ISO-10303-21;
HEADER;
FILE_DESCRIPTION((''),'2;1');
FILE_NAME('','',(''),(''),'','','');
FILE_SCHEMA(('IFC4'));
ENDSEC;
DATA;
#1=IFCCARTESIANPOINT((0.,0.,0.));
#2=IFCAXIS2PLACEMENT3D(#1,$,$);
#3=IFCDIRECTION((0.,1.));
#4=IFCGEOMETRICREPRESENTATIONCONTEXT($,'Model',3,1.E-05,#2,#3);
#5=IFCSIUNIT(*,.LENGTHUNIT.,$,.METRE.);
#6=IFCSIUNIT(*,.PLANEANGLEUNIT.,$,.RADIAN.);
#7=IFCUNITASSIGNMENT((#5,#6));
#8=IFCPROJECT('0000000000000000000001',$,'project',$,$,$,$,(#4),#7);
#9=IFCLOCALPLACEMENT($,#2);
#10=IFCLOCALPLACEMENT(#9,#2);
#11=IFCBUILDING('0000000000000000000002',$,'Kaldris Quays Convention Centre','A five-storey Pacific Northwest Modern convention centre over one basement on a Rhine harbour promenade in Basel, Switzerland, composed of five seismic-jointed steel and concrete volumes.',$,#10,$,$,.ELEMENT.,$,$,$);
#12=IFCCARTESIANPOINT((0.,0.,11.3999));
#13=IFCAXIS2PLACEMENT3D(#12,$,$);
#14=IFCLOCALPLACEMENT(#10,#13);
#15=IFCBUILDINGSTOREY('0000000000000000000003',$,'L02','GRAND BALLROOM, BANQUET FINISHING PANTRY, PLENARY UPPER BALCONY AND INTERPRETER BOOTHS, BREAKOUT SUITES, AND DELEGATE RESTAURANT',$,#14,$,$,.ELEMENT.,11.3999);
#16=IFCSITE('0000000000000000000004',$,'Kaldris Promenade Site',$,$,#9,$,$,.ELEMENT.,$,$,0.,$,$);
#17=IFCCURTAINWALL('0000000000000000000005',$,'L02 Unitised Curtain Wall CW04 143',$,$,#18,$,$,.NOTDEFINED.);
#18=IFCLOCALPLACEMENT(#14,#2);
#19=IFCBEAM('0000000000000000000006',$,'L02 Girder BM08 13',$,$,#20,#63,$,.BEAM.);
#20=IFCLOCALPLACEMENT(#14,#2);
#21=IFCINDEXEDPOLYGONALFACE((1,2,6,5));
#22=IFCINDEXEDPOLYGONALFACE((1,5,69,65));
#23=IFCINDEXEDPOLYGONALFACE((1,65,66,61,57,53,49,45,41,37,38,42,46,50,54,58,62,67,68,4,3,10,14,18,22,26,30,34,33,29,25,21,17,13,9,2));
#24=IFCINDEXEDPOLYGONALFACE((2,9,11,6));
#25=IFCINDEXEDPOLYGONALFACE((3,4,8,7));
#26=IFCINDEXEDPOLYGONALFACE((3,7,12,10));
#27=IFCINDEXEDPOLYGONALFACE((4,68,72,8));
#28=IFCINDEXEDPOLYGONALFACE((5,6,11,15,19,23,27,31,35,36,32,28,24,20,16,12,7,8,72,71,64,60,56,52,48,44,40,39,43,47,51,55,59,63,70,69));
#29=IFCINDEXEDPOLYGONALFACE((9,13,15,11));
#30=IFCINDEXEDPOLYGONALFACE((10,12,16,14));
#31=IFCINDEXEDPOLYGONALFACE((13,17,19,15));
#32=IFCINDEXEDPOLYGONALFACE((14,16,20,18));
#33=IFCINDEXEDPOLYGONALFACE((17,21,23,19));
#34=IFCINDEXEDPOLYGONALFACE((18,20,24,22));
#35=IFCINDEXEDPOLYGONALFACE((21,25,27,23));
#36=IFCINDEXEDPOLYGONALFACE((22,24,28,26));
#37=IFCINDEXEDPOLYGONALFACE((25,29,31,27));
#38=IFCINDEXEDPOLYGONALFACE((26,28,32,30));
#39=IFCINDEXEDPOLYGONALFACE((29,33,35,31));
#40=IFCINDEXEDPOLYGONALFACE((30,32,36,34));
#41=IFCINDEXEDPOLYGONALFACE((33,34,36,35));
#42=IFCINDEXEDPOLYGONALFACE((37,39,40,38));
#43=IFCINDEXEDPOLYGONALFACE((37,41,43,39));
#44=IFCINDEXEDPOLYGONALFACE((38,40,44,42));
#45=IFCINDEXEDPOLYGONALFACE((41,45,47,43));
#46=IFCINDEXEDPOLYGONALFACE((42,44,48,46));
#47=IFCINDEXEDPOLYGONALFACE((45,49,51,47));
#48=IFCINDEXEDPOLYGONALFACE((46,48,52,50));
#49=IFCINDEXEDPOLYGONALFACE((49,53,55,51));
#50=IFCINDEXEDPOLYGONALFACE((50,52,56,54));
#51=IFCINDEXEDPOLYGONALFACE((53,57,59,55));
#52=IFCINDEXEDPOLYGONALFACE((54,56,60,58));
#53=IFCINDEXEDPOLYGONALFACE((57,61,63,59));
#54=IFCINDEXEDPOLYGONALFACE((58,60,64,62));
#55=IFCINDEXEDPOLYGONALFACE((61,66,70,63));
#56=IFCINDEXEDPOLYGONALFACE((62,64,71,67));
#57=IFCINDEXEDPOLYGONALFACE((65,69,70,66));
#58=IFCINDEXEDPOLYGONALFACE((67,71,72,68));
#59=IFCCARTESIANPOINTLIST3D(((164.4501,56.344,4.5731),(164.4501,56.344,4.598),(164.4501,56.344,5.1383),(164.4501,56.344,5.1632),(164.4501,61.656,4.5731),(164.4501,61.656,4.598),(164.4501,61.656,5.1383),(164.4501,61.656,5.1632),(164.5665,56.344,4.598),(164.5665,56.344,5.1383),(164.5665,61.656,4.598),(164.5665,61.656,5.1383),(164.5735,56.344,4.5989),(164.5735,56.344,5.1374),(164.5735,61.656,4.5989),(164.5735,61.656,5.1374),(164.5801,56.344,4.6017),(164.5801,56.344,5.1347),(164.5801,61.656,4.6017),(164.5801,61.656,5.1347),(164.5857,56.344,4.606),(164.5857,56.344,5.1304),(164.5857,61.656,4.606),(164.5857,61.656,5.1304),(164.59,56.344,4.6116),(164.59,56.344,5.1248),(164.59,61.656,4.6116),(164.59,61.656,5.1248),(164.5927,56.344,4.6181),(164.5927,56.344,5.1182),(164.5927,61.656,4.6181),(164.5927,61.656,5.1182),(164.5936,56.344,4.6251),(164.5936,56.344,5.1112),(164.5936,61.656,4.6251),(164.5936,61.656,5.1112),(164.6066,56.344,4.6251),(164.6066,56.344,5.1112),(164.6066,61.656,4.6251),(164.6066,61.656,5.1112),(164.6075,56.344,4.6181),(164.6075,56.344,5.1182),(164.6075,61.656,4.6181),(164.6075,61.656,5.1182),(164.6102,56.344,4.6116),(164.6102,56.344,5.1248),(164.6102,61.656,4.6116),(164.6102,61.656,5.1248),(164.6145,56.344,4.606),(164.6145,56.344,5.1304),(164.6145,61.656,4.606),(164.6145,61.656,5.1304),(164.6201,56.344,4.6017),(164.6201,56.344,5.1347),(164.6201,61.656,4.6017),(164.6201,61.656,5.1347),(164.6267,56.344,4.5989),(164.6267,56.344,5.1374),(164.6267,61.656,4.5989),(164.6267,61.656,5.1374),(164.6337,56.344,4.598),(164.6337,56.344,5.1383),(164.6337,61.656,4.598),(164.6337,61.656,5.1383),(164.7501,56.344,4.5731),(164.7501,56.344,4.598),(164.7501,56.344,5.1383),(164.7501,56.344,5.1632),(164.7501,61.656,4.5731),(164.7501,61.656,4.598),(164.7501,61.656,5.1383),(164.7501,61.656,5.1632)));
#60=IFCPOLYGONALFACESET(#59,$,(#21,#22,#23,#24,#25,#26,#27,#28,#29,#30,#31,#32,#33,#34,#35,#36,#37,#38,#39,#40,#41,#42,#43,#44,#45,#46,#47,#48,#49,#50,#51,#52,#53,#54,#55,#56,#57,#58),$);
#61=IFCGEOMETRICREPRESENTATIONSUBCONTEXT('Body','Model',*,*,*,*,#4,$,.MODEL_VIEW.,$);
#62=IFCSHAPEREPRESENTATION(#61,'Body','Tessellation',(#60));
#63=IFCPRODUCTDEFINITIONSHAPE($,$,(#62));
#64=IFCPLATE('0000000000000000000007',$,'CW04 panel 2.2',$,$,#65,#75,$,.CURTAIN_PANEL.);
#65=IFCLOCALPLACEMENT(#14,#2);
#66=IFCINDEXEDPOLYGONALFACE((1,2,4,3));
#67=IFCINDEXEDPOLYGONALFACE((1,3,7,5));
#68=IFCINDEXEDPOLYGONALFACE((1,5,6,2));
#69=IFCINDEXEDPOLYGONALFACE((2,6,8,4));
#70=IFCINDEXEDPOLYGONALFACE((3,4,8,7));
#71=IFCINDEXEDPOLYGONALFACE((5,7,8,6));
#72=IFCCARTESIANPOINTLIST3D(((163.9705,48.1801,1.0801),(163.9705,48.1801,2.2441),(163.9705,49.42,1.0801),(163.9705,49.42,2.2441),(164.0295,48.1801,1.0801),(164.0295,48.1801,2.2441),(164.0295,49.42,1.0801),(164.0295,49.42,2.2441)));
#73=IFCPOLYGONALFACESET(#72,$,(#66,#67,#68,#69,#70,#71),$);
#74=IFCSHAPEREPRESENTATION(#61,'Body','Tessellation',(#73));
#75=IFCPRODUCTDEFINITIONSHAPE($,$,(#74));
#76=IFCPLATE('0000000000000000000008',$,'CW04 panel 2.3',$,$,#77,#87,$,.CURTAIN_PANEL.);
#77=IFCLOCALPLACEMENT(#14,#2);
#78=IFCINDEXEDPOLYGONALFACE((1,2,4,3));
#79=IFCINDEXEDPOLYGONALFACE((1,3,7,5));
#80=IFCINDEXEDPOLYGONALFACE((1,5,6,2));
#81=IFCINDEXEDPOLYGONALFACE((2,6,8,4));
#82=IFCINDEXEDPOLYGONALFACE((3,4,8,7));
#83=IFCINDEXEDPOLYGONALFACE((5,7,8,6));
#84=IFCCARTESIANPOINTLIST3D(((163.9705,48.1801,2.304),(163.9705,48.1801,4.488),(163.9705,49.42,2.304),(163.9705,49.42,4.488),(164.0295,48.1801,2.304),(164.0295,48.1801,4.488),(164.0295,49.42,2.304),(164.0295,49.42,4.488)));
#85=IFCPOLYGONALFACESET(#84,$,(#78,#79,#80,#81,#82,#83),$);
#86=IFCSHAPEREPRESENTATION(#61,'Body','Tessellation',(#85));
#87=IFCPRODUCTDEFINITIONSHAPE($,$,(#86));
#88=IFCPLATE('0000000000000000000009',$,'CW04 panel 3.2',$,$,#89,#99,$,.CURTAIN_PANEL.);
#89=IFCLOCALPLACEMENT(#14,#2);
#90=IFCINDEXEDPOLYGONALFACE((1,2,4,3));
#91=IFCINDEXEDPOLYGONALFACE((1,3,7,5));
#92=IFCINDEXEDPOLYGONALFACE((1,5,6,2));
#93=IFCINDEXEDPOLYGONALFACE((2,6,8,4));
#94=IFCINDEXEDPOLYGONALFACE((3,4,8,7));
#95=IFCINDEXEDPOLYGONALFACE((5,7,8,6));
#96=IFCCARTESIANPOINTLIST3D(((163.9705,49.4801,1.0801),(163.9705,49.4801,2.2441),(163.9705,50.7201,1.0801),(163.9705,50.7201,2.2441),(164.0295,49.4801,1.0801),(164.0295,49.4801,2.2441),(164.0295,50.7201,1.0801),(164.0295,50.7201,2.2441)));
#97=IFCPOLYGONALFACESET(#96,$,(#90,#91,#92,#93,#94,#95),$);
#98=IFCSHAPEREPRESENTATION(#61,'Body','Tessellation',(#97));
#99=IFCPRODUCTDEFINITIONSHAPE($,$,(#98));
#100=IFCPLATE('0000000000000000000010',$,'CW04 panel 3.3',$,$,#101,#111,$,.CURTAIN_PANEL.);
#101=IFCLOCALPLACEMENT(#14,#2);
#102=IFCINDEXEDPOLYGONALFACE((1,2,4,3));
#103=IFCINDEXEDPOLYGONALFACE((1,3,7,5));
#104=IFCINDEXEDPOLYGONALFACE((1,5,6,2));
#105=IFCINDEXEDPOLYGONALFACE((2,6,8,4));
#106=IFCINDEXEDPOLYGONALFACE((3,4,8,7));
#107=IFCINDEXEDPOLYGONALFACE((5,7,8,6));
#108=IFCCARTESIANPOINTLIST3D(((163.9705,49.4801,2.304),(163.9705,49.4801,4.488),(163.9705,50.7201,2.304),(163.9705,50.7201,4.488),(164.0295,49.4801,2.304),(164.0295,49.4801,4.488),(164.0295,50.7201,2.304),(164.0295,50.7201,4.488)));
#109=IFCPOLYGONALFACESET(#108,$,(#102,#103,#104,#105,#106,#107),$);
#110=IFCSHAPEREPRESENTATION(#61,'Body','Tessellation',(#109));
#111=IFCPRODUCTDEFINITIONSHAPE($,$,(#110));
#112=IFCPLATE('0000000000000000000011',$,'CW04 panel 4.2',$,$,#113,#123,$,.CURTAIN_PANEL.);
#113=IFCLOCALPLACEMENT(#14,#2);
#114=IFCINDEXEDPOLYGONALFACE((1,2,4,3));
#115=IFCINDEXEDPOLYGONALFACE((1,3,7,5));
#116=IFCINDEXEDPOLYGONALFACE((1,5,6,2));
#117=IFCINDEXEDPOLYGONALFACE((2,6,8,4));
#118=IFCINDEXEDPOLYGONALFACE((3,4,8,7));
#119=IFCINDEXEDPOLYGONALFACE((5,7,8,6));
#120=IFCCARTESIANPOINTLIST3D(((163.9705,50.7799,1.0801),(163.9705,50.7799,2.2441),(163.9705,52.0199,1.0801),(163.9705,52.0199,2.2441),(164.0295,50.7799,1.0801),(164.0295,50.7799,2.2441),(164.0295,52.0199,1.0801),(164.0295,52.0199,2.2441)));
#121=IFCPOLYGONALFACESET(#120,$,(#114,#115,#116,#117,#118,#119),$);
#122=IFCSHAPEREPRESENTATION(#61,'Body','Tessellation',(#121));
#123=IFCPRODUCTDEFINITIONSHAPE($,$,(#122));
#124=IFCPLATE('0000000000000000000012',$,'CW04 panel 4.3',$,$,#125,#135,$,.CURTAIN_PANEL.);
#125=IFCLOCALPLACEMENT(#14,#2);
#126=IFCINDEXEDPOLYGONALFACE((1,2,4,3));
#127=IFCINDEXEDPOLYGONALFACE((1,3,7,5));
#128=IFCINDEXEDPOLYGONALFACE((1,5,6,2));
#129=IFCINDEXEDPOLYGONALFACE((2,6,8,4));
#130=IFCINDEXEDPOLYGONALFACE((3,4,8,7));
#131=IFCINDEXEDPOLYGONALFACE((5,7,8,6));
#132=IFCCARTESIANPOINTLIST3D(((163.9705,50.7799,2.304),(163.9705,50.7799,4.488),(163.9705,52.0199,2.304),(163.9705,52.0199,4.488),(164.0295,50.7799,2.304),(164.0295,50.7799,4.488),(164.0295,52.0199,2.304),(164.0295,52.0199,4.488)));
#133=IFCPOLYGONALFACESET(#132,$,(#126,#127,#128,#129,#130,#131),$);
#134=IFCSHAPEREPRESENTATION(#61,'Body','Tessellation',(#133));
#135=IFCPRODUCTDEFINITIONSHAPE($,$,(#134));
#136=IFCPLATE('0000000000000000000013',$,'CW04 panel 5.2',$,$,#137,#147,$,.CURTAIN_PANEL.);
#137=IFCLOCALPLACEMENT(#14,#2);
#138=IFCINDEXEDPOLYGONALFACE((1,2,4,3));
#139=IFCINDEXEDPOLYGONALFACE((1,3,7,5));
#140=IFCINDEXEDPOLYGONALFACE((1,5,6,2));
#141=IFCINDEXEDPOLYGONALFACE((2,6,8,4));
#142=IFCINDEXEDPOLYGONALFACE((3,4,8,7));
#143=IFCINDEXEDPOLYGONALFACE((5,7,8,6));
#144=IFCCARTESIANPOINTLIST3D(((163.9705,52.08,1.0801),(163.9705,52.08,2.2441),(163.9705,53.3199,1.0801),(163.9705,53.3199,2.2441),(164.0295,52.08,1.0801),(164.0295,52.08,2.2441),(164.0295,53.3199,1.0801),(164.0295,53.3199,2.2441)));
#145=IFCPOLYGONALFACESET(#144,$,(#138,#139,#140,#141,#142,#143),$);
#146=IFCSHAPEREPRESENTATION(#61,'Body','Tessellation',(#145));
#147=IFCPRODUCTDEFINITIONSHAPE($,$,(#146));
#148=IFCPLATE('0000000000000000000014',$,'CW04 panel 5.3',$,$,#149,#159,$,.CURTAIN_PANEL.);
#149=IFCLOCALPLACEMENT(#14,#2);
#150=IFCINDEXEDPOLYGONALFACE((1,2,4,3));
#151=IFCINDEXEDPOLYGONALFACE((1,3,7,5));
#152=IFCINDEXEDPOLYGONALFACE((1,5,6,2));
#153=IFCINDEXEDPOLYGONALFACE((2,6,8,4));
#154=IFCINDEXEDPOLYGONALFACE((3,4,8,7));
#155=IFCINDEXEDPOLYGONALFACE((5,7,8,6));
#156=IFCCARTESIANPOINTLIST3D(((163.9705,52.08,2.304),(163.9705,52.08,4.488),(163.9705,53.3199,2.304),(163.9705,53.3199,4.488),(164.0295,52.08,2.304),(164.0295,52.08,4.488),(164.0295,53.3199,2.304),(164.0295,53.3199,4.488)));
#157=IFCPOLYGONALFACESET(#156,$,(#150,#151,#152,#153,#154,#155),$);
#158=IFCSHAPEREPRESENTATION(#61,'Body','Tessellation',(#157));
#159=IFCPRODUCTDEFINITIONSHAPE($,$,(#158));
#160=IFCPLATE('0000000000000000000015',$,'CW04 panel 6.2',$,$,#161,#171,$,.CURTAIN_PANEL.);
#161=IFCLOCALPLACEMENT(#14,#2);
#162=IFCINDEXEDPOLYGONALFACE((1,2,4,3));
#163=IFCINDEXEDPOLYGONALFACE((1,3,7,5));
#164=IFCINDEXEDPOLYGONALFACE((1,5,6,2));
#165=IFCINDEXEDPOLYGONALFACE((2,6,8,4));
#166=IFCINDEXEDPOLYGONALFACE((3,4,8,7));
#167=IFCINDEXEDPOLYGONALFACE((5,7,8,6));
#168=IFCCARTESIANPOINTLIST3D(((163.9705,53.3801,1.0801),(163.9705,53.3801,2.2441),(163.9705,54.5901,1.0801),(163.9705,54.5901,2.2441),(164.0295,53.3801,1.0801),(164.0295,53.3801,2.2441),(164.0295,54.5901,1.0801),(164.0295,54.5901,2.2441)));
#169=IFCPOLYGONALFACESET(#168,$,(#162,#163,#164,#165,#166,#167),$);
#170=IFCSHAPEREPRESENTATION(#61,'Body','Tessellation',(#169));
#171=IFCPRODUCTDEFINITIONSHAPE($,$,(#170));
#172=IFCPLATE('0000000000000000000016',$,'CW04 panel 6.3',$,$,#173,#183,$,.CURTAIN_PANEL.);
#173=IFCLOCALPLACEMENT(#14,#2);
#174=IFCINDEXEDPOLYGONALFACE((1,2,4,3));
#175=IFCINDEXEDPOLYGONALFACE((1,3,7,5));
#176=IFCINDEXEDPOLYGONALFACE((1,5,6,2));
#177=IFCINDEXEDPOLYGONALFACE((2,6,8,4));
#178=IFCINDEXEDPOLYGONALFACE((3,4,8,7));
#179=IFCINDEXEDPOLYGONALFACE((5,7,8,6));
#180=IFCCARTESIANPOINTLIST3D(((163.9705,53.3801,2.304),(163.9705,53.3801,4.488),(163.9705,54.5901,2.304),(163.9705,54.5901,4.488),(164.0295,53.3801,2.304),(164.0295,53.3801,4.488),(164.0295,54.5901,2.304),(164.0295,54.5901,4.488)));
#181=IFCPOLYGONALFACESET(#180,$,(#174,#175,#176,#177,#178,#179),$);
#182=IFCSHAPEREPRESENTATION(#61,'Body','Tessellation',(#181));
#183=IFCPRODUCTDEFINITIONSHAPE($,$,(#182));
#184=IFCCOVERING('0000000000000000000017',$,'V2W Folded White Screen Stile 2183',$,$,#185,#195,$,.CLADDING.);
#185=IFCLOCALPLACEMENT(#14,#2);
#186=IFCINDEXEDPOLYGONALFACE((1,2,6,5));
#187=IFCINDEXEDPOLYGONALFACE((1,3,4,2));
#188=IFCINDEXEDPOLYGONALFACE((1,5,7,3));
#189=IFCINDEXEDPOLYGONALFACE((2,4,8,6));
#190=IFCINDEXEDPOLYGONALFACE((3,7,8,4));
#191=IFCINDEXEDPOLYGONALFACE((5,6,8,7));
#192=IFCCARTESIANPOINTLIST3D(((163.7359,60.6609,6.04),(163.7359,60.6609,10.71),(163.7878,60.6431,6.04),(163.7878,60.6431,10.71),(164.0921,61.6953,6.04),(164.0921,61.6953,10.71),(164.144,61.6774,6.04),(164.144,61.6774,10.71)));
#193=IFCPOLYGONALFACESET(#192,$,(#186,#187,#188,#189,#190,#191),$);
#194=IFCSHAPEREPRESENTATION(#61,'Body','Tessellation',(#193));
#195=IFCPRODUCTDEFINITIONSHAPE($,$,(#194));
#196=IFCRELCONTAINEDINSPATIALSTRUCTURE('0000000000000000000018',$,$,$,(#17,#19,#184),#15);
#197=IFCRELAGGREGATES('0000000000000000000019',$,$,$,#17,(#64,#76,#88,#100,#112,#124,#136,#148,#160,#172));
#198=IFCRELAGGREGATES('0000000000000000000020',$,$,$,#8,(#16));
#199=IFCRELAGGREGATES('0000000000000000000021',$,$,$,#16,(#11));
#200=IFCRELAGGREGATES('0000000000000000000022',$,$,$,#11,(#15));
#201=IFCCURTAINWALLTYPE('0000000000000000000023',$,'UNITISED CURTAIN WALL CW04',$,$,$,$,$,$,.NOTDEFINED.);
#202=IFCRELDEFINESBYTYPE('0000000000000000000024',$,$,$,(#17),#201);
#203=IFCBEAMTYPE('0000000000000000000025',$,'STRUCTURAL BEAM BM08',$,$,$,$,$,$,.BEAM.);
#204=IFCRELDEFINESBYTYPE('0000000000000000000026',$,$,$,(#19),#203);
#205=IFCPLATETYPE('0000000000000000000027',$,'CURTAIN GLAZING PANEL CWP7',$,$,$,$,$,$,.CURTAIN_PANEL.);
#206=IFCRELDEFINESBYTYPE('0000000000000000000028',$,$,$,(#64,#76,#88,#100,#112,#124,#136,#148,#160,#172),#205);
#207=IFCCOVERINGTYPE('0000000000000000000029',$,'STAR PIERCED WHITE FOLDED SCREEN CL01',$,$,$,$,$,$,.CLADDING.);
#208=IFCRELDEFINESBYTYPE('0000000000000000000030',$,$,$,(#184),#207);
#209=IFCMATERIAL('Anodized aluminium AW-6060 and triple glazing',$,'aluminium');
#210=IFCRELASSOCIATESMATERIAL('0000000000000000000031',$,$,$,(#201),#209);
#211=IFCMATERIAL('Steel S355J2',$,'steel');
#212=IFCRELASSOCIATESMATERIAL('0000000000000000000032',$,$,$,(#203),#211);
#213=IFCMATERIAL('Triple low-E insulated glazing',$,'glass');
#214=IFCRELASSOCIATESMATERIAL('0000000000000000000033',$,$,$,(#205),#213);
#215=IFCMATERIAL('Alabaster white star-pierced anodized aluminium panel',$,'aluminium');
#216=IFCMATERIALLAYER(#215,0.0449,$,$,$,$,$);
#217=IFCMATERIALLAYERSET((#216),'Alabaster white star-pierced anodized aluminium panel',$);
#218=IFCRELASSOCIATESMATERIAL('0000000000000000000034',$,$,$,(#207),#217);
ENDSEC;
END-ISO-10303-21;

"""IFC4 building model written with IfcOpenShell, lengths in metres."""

from ifc_helpers import new_model, si_unit, direction, frame, origin, origin_2d, place, context, subcontext, project, spatial, rectangle, i_section, extrude, material, layer, layer_set, material_profile, profile_set, type_object, element, aggregate, save


model = new_model("IFC4")

# Units and contexts
model_context = context("Model", 3, precision=1e-05, world=origin(), true_north=direction((0.0, 1.0)))
body_context = subcontext(model_context, "Body", "Model", "MODEL_VIEW")
ifc_project = project(units=[si_unit("LENGTHUNIT", "METRE"), si_unit("PLANEANGLEUNIT", "RADIAN")], contexts=[model_context])

# Site, building, storey
site_placement = place(None, origin())
site = spatial("IfcSite", under=ifc_project, at=site_placement, Name="Kaldris Promenade Site", CompositionType="ELEMENT", RefElevation=0.0)
building_placement = place(site_placement, origin())
building = spatial("IfcBuilding", under=site, at=building_placement, Name="Kaldris Quays Convention Centre", Description="A five-storey Pacific Northwest Modern convention centre over one basement on a Rhine harbour promenade in Basel, Switzerland, composed of five seismic-jointed steel and concrete volumes.", CompositionType="ELEMENT")
storey_placement = place(building_placement, frame((0.0, 0.0, 11.3999)))
storey = spatial("IfcBuildingStorey", under=building, at=storey_placement, Name="L02", Description="GRAND BALLROOM, BANQUET FINISHING PANTRY, PLENARY UPPER BALCONY AND INTERPRETER BOOTHS, BREAKOUT SUITES, AND DELEGATE RESTAURANT", CompositionType="ELEMENT", Elevation=11.3999)

# Curtain wall
ifc_material_1 = material(Name="Anodized aluminium AW-6060 and triple glazing", Category="aluminium")
curtain_wall_type_1 = type_object("IfcCurtainWallType", Name="UNITISED CURTAIN WALL CW04", PredefinedType="NOTDEFINED", material=ifc_material_1)
curtain_wall_1_placement = place(storey_placement, origin())
curtain_wall_1 = element("IfcCurtainWall", 1, at=curtain_wall_1_placement, inside=storey, type_object=curtain_wall_type_1, Name="L02 Unitised Curtain Wall CW04 143", PredefinedType="NOTDEFINED")

# Beam
ifc_material_2 = material(Name="Steel S355J2", Category="steel")
ifc_material_profile_1 = material_profile(ifc_material_2, i_section(OverallWidth=0.3, OverallDepth=0.5901, WebThickness=0.0129, FlangeThickness=0.0249, FilletRadius=0.0271, at=origin_2d()), Name="HEA 600")
ifc_profile_set_1 = profile_set([ifc_material_profile_1], Name="Steel S355J2")
beam_type_1 = type_object("IfcBeamType", Name="STRUCTURAL BEAM BM08", PredefinedType="BEAM", material=ifc_profile_set_1)
beam_1_placement = place(storey_placement, frame((164.6001, 56.344, 4.8682), z_axis=(0.0, 1.0, 0.0), x_axis=(-1.0, 0.0, 0.0)))
element("IfcBeam", 2, at=beam_1_placement, inside=storey, type_object=beam_type_1, Name="L02 Girder BM08 13", PredefinedType="BEAM", context=body_context, shape_type="SweptSolid", body=[
    extrude(i_section(OverallWidth=0.3, OverallDepth=0.5901, WebThickness=0.0129, FlangeThickness=0.0249, FilletRadius=0.0271, at=origin_2d()), origin(), (0.0, 0.0, 1.0), 5.312),
])

# Plates
ifc_material_3 = material(Name="Triple low-E insulated glazing", Category="glass")
plate_type = type_object("IfcPlateType", Name="CURTAIN GLAZING PANEL CWP7", PredefinedType="CURTAIN_PANEL", material=ifc_material_3)
plate_1_placement = place(storey_placement, frame((164.0, 48.8, 1.0801), z_axis=(0.0, 0.0, 1.0), x_axis=(0.0, 1.0, 0.0)))
plate_1 = element("IfcPlate", 3, at=plate_1_placement, type_object=plate_type, Name="CW04 panel 2.2", PredefinedType="CURTAIN_PANEL", context=body_context, shape_type="SweptSolid", body=[
    extrude(rectangle(XDim=1.24, YDim=0.0591, at=origin_2d()), origin(), (0.0, 0.0, 1.0), 1.1641),
])
plate_2_placement = place(storey_placement, frame((164.0, 48.8, 2.304), z_axis=(0.0, 0.0, 1.0), x_axis=(0.0, 1.0, 0.0)))
plate_2 = element("IfcPlate", 4, at=plate_2_placement, type_object=plate_type, Name="CW04 panel 2.3", PredefinedType="CURTAIN_PANEL", context=body_context, shape_type="SweptSolid", body=[
    extrude(rectangle(XDim=1.24, YDim=0.0591, at=origin_2d()), origin(), (0.0, 0.0, 1.0), 2.1841),
])
plate_3_placement = place(storey_placement, frame((164.0, 50.1001, 1.0801), z_axis=(0.0, 0.0, 1.0), x_axis=(0.0, 1.0, 0.0)))
plate_3 = element("IfcPlate", 5, at=plate_3_placement, type_object=plate_type, Name="CW04 panel 3.2", PredefinedType="CURTAIN_PANEL", context=body_context, shape_type="SweptSolid", body=[
    extrude(rectangle(XDim=1.24, YDim=0.0591, at=origin_2d()), origin(), (0.0, 0.0, 1.0), 1.1641),
])
plate_4_placement = place(storey_placement, frame((164.0, 50.1001, 2.304), z_axis=(0.0, 0.0, 1.0), x_axis=(0.0, 1.0, 0.0)))
plate_4 = element("IfcPlate", 6, at=plate_4_placement, type_object=plate_type, Name="CW04 panel 3.3", PredefinedType="CURTAIN_PANEL", context=body_context, shape_type="SweptSolid", body=[
    extrude(rectangle(XDim=1.24, YDim=0.0591, at=origin_2d()), origin(), (0.0, 0.0, 1.0), 2.1841),
])
plate_5_placement = place(storey_placement, frame((164.0, 51.3999, 1.0801), z_axis=(0.0, 0.0, 1.0), x_axis=(0.0, 1.0, 0.0)))
plate_5 = element("IfcPlate", 7, at=plate_5_placement, type_object=plate_type, Name="CW04 panel 4.2", PredefinedType="CURTAIN_PANEL", context=body_context, shape_type="SweptSolid", body=[
    extrude(rectangle(XDim=1.24, YDim=0.0591, at=origin_2d()), origin(), (0.0, 0.0, 1.0), 1.1641),
])
plate_6_placement = place(storey_placement, frame((164.0, 51.3999, 2.304), z_axis=(0.0, 0.0, 1.0), x_axis=(0.0, 1.0, 0.0)))
plate_6 = element("IfcPlate", 8, at=plate_6_placement, type_object=plate_type, Name="CW04 panel 4.3", PredefinedType="CURTAIN_PANEL", context=body_context, shape_type="SweptSolid", body=[
    extrude(rectangle(XDim=1.24, YDim=0.0591, at=origin_2d()), origin(), (0.0, 0.0, 1.0), 2.1841),
])
plate_7_placement = place(storey_placement, frame((164.0, 52.7, 1.0801), z_axis=(0.0, 0.0, 1.0), x_axis=(0.0, 1.0, 0.0)))
plate_7 = element("IfcPlate", 9, at=plate_7_placement, type_object=plate_type, Name="CW04 panel 5.2", PredefinedType="CURTAIN_PANEL", context=body_context, shape_type="SweptSolid", body=[
    extrude(rectangle(XDim=1.24, YDim=0.0591, at=origin_2d()), origin(), (0.0, 0.0, 1.0), 1.1641),
])
plate_8_placement = place(storey_placement, frame((164.0, 52.7, 2.304), z_axis=(0.0, 0.0, 1.0), x_axis=(0.0, 1.0, 0.0)))
plate_8 = element("IfcPlate", 10, at=plate_8_placement, type_object=plate_type, Name="CW04 panel 5.3", PredefinedType="CURTAIN_PANEL", context=body_context, shape_type="SweptSolid", body=[
    extrude(rectangle(XDim=1.24, YDim=0.0591, at=origin_2d()), origin(), (0.0, 0.0, 1.0), 2.1841),
])
plate_9_placement = place(storey_placement, frame((164.0, 53.9851, 1.0801), z_axis=(0.0, 0.0, 1.0), x_axis=(0.0, 1.0, 0.0)))
plate_9 = element("IfcPlate", 11, at=plate_9_placement, type_object=plate_type, Name="CW04 panel 6.2", PredefinedType="CURTAIN_PANEL", context=body_context, shape_type="SweptSolid", body=[
    extrude(rectangle(XDim=1.21, YDim=0.0591, at=origin_2d()), origin(), (0.0, 0.0, 1.0), 1.1641),
])
plate_10_placement = place(storey_placement, frame((164.0, 53.9851, 2.304), z_axis=(0.0, 0.0, 1.0), x_axis=(0.0, 1.0, 0.0)))
plate_10 = element("IfcPlate", 12, at=plate_10_placement, type_object=plate_type, Name="CW04 panel 6.3", PredefinedType="CURTAIN_PANEL", context=body_context, shape_type="SweptSolid", body=[
    extrude(rectangle(XDim=1.21, YDim=0.0591, at=origin_2d()), origin(), (0.0, 0.0, 1.0), 2.1841),
])
aggregate(curtain_wall_1, [plate_1, plate_2, plate_3, plate_4, plate_5, plate_6, plate_7, plate_8, plate_9, plate_10])

# Covering
ifc_material_4 = material(Name="Alabaster white star-pierced anodized aluminium panel", Category="aluminium")
ifc_layer = layer(ifc_material_4, 0.0449)
ifc_layer_set = layer_set([ifc_layer], Name="Alabaster white star-pierced anodized aluminium panel")
covering_type = type_object("IfcCoveringType", Name="STAR PIERCED WHITE FOLDED SCREEN CL01", PredefinedType="CLADDING", material=ifc_layer_set)
covering_placement = place(storey_placement, frame((163.9399, 61.1692, 6.04), z_axis=(0.0, 0.0, 1.0), x_axis=(0.325568, 0.945519, 0.0)))
element("IfcCovering", 13, at=covering_placement, inside=storey, type_object=covering_type, Name="V2W Folded White Screen Stile 2183", PredefinedType="CLADDING", context=body_context, shape_type="SweptSolid", body=[
    extrude(rectangle(XDim=1.094, YDim=0.0549, at=origin_2d()), origin(), (0.0, 0.0, 1.0), 4.6699),
])

save(model, "model.ifc")
